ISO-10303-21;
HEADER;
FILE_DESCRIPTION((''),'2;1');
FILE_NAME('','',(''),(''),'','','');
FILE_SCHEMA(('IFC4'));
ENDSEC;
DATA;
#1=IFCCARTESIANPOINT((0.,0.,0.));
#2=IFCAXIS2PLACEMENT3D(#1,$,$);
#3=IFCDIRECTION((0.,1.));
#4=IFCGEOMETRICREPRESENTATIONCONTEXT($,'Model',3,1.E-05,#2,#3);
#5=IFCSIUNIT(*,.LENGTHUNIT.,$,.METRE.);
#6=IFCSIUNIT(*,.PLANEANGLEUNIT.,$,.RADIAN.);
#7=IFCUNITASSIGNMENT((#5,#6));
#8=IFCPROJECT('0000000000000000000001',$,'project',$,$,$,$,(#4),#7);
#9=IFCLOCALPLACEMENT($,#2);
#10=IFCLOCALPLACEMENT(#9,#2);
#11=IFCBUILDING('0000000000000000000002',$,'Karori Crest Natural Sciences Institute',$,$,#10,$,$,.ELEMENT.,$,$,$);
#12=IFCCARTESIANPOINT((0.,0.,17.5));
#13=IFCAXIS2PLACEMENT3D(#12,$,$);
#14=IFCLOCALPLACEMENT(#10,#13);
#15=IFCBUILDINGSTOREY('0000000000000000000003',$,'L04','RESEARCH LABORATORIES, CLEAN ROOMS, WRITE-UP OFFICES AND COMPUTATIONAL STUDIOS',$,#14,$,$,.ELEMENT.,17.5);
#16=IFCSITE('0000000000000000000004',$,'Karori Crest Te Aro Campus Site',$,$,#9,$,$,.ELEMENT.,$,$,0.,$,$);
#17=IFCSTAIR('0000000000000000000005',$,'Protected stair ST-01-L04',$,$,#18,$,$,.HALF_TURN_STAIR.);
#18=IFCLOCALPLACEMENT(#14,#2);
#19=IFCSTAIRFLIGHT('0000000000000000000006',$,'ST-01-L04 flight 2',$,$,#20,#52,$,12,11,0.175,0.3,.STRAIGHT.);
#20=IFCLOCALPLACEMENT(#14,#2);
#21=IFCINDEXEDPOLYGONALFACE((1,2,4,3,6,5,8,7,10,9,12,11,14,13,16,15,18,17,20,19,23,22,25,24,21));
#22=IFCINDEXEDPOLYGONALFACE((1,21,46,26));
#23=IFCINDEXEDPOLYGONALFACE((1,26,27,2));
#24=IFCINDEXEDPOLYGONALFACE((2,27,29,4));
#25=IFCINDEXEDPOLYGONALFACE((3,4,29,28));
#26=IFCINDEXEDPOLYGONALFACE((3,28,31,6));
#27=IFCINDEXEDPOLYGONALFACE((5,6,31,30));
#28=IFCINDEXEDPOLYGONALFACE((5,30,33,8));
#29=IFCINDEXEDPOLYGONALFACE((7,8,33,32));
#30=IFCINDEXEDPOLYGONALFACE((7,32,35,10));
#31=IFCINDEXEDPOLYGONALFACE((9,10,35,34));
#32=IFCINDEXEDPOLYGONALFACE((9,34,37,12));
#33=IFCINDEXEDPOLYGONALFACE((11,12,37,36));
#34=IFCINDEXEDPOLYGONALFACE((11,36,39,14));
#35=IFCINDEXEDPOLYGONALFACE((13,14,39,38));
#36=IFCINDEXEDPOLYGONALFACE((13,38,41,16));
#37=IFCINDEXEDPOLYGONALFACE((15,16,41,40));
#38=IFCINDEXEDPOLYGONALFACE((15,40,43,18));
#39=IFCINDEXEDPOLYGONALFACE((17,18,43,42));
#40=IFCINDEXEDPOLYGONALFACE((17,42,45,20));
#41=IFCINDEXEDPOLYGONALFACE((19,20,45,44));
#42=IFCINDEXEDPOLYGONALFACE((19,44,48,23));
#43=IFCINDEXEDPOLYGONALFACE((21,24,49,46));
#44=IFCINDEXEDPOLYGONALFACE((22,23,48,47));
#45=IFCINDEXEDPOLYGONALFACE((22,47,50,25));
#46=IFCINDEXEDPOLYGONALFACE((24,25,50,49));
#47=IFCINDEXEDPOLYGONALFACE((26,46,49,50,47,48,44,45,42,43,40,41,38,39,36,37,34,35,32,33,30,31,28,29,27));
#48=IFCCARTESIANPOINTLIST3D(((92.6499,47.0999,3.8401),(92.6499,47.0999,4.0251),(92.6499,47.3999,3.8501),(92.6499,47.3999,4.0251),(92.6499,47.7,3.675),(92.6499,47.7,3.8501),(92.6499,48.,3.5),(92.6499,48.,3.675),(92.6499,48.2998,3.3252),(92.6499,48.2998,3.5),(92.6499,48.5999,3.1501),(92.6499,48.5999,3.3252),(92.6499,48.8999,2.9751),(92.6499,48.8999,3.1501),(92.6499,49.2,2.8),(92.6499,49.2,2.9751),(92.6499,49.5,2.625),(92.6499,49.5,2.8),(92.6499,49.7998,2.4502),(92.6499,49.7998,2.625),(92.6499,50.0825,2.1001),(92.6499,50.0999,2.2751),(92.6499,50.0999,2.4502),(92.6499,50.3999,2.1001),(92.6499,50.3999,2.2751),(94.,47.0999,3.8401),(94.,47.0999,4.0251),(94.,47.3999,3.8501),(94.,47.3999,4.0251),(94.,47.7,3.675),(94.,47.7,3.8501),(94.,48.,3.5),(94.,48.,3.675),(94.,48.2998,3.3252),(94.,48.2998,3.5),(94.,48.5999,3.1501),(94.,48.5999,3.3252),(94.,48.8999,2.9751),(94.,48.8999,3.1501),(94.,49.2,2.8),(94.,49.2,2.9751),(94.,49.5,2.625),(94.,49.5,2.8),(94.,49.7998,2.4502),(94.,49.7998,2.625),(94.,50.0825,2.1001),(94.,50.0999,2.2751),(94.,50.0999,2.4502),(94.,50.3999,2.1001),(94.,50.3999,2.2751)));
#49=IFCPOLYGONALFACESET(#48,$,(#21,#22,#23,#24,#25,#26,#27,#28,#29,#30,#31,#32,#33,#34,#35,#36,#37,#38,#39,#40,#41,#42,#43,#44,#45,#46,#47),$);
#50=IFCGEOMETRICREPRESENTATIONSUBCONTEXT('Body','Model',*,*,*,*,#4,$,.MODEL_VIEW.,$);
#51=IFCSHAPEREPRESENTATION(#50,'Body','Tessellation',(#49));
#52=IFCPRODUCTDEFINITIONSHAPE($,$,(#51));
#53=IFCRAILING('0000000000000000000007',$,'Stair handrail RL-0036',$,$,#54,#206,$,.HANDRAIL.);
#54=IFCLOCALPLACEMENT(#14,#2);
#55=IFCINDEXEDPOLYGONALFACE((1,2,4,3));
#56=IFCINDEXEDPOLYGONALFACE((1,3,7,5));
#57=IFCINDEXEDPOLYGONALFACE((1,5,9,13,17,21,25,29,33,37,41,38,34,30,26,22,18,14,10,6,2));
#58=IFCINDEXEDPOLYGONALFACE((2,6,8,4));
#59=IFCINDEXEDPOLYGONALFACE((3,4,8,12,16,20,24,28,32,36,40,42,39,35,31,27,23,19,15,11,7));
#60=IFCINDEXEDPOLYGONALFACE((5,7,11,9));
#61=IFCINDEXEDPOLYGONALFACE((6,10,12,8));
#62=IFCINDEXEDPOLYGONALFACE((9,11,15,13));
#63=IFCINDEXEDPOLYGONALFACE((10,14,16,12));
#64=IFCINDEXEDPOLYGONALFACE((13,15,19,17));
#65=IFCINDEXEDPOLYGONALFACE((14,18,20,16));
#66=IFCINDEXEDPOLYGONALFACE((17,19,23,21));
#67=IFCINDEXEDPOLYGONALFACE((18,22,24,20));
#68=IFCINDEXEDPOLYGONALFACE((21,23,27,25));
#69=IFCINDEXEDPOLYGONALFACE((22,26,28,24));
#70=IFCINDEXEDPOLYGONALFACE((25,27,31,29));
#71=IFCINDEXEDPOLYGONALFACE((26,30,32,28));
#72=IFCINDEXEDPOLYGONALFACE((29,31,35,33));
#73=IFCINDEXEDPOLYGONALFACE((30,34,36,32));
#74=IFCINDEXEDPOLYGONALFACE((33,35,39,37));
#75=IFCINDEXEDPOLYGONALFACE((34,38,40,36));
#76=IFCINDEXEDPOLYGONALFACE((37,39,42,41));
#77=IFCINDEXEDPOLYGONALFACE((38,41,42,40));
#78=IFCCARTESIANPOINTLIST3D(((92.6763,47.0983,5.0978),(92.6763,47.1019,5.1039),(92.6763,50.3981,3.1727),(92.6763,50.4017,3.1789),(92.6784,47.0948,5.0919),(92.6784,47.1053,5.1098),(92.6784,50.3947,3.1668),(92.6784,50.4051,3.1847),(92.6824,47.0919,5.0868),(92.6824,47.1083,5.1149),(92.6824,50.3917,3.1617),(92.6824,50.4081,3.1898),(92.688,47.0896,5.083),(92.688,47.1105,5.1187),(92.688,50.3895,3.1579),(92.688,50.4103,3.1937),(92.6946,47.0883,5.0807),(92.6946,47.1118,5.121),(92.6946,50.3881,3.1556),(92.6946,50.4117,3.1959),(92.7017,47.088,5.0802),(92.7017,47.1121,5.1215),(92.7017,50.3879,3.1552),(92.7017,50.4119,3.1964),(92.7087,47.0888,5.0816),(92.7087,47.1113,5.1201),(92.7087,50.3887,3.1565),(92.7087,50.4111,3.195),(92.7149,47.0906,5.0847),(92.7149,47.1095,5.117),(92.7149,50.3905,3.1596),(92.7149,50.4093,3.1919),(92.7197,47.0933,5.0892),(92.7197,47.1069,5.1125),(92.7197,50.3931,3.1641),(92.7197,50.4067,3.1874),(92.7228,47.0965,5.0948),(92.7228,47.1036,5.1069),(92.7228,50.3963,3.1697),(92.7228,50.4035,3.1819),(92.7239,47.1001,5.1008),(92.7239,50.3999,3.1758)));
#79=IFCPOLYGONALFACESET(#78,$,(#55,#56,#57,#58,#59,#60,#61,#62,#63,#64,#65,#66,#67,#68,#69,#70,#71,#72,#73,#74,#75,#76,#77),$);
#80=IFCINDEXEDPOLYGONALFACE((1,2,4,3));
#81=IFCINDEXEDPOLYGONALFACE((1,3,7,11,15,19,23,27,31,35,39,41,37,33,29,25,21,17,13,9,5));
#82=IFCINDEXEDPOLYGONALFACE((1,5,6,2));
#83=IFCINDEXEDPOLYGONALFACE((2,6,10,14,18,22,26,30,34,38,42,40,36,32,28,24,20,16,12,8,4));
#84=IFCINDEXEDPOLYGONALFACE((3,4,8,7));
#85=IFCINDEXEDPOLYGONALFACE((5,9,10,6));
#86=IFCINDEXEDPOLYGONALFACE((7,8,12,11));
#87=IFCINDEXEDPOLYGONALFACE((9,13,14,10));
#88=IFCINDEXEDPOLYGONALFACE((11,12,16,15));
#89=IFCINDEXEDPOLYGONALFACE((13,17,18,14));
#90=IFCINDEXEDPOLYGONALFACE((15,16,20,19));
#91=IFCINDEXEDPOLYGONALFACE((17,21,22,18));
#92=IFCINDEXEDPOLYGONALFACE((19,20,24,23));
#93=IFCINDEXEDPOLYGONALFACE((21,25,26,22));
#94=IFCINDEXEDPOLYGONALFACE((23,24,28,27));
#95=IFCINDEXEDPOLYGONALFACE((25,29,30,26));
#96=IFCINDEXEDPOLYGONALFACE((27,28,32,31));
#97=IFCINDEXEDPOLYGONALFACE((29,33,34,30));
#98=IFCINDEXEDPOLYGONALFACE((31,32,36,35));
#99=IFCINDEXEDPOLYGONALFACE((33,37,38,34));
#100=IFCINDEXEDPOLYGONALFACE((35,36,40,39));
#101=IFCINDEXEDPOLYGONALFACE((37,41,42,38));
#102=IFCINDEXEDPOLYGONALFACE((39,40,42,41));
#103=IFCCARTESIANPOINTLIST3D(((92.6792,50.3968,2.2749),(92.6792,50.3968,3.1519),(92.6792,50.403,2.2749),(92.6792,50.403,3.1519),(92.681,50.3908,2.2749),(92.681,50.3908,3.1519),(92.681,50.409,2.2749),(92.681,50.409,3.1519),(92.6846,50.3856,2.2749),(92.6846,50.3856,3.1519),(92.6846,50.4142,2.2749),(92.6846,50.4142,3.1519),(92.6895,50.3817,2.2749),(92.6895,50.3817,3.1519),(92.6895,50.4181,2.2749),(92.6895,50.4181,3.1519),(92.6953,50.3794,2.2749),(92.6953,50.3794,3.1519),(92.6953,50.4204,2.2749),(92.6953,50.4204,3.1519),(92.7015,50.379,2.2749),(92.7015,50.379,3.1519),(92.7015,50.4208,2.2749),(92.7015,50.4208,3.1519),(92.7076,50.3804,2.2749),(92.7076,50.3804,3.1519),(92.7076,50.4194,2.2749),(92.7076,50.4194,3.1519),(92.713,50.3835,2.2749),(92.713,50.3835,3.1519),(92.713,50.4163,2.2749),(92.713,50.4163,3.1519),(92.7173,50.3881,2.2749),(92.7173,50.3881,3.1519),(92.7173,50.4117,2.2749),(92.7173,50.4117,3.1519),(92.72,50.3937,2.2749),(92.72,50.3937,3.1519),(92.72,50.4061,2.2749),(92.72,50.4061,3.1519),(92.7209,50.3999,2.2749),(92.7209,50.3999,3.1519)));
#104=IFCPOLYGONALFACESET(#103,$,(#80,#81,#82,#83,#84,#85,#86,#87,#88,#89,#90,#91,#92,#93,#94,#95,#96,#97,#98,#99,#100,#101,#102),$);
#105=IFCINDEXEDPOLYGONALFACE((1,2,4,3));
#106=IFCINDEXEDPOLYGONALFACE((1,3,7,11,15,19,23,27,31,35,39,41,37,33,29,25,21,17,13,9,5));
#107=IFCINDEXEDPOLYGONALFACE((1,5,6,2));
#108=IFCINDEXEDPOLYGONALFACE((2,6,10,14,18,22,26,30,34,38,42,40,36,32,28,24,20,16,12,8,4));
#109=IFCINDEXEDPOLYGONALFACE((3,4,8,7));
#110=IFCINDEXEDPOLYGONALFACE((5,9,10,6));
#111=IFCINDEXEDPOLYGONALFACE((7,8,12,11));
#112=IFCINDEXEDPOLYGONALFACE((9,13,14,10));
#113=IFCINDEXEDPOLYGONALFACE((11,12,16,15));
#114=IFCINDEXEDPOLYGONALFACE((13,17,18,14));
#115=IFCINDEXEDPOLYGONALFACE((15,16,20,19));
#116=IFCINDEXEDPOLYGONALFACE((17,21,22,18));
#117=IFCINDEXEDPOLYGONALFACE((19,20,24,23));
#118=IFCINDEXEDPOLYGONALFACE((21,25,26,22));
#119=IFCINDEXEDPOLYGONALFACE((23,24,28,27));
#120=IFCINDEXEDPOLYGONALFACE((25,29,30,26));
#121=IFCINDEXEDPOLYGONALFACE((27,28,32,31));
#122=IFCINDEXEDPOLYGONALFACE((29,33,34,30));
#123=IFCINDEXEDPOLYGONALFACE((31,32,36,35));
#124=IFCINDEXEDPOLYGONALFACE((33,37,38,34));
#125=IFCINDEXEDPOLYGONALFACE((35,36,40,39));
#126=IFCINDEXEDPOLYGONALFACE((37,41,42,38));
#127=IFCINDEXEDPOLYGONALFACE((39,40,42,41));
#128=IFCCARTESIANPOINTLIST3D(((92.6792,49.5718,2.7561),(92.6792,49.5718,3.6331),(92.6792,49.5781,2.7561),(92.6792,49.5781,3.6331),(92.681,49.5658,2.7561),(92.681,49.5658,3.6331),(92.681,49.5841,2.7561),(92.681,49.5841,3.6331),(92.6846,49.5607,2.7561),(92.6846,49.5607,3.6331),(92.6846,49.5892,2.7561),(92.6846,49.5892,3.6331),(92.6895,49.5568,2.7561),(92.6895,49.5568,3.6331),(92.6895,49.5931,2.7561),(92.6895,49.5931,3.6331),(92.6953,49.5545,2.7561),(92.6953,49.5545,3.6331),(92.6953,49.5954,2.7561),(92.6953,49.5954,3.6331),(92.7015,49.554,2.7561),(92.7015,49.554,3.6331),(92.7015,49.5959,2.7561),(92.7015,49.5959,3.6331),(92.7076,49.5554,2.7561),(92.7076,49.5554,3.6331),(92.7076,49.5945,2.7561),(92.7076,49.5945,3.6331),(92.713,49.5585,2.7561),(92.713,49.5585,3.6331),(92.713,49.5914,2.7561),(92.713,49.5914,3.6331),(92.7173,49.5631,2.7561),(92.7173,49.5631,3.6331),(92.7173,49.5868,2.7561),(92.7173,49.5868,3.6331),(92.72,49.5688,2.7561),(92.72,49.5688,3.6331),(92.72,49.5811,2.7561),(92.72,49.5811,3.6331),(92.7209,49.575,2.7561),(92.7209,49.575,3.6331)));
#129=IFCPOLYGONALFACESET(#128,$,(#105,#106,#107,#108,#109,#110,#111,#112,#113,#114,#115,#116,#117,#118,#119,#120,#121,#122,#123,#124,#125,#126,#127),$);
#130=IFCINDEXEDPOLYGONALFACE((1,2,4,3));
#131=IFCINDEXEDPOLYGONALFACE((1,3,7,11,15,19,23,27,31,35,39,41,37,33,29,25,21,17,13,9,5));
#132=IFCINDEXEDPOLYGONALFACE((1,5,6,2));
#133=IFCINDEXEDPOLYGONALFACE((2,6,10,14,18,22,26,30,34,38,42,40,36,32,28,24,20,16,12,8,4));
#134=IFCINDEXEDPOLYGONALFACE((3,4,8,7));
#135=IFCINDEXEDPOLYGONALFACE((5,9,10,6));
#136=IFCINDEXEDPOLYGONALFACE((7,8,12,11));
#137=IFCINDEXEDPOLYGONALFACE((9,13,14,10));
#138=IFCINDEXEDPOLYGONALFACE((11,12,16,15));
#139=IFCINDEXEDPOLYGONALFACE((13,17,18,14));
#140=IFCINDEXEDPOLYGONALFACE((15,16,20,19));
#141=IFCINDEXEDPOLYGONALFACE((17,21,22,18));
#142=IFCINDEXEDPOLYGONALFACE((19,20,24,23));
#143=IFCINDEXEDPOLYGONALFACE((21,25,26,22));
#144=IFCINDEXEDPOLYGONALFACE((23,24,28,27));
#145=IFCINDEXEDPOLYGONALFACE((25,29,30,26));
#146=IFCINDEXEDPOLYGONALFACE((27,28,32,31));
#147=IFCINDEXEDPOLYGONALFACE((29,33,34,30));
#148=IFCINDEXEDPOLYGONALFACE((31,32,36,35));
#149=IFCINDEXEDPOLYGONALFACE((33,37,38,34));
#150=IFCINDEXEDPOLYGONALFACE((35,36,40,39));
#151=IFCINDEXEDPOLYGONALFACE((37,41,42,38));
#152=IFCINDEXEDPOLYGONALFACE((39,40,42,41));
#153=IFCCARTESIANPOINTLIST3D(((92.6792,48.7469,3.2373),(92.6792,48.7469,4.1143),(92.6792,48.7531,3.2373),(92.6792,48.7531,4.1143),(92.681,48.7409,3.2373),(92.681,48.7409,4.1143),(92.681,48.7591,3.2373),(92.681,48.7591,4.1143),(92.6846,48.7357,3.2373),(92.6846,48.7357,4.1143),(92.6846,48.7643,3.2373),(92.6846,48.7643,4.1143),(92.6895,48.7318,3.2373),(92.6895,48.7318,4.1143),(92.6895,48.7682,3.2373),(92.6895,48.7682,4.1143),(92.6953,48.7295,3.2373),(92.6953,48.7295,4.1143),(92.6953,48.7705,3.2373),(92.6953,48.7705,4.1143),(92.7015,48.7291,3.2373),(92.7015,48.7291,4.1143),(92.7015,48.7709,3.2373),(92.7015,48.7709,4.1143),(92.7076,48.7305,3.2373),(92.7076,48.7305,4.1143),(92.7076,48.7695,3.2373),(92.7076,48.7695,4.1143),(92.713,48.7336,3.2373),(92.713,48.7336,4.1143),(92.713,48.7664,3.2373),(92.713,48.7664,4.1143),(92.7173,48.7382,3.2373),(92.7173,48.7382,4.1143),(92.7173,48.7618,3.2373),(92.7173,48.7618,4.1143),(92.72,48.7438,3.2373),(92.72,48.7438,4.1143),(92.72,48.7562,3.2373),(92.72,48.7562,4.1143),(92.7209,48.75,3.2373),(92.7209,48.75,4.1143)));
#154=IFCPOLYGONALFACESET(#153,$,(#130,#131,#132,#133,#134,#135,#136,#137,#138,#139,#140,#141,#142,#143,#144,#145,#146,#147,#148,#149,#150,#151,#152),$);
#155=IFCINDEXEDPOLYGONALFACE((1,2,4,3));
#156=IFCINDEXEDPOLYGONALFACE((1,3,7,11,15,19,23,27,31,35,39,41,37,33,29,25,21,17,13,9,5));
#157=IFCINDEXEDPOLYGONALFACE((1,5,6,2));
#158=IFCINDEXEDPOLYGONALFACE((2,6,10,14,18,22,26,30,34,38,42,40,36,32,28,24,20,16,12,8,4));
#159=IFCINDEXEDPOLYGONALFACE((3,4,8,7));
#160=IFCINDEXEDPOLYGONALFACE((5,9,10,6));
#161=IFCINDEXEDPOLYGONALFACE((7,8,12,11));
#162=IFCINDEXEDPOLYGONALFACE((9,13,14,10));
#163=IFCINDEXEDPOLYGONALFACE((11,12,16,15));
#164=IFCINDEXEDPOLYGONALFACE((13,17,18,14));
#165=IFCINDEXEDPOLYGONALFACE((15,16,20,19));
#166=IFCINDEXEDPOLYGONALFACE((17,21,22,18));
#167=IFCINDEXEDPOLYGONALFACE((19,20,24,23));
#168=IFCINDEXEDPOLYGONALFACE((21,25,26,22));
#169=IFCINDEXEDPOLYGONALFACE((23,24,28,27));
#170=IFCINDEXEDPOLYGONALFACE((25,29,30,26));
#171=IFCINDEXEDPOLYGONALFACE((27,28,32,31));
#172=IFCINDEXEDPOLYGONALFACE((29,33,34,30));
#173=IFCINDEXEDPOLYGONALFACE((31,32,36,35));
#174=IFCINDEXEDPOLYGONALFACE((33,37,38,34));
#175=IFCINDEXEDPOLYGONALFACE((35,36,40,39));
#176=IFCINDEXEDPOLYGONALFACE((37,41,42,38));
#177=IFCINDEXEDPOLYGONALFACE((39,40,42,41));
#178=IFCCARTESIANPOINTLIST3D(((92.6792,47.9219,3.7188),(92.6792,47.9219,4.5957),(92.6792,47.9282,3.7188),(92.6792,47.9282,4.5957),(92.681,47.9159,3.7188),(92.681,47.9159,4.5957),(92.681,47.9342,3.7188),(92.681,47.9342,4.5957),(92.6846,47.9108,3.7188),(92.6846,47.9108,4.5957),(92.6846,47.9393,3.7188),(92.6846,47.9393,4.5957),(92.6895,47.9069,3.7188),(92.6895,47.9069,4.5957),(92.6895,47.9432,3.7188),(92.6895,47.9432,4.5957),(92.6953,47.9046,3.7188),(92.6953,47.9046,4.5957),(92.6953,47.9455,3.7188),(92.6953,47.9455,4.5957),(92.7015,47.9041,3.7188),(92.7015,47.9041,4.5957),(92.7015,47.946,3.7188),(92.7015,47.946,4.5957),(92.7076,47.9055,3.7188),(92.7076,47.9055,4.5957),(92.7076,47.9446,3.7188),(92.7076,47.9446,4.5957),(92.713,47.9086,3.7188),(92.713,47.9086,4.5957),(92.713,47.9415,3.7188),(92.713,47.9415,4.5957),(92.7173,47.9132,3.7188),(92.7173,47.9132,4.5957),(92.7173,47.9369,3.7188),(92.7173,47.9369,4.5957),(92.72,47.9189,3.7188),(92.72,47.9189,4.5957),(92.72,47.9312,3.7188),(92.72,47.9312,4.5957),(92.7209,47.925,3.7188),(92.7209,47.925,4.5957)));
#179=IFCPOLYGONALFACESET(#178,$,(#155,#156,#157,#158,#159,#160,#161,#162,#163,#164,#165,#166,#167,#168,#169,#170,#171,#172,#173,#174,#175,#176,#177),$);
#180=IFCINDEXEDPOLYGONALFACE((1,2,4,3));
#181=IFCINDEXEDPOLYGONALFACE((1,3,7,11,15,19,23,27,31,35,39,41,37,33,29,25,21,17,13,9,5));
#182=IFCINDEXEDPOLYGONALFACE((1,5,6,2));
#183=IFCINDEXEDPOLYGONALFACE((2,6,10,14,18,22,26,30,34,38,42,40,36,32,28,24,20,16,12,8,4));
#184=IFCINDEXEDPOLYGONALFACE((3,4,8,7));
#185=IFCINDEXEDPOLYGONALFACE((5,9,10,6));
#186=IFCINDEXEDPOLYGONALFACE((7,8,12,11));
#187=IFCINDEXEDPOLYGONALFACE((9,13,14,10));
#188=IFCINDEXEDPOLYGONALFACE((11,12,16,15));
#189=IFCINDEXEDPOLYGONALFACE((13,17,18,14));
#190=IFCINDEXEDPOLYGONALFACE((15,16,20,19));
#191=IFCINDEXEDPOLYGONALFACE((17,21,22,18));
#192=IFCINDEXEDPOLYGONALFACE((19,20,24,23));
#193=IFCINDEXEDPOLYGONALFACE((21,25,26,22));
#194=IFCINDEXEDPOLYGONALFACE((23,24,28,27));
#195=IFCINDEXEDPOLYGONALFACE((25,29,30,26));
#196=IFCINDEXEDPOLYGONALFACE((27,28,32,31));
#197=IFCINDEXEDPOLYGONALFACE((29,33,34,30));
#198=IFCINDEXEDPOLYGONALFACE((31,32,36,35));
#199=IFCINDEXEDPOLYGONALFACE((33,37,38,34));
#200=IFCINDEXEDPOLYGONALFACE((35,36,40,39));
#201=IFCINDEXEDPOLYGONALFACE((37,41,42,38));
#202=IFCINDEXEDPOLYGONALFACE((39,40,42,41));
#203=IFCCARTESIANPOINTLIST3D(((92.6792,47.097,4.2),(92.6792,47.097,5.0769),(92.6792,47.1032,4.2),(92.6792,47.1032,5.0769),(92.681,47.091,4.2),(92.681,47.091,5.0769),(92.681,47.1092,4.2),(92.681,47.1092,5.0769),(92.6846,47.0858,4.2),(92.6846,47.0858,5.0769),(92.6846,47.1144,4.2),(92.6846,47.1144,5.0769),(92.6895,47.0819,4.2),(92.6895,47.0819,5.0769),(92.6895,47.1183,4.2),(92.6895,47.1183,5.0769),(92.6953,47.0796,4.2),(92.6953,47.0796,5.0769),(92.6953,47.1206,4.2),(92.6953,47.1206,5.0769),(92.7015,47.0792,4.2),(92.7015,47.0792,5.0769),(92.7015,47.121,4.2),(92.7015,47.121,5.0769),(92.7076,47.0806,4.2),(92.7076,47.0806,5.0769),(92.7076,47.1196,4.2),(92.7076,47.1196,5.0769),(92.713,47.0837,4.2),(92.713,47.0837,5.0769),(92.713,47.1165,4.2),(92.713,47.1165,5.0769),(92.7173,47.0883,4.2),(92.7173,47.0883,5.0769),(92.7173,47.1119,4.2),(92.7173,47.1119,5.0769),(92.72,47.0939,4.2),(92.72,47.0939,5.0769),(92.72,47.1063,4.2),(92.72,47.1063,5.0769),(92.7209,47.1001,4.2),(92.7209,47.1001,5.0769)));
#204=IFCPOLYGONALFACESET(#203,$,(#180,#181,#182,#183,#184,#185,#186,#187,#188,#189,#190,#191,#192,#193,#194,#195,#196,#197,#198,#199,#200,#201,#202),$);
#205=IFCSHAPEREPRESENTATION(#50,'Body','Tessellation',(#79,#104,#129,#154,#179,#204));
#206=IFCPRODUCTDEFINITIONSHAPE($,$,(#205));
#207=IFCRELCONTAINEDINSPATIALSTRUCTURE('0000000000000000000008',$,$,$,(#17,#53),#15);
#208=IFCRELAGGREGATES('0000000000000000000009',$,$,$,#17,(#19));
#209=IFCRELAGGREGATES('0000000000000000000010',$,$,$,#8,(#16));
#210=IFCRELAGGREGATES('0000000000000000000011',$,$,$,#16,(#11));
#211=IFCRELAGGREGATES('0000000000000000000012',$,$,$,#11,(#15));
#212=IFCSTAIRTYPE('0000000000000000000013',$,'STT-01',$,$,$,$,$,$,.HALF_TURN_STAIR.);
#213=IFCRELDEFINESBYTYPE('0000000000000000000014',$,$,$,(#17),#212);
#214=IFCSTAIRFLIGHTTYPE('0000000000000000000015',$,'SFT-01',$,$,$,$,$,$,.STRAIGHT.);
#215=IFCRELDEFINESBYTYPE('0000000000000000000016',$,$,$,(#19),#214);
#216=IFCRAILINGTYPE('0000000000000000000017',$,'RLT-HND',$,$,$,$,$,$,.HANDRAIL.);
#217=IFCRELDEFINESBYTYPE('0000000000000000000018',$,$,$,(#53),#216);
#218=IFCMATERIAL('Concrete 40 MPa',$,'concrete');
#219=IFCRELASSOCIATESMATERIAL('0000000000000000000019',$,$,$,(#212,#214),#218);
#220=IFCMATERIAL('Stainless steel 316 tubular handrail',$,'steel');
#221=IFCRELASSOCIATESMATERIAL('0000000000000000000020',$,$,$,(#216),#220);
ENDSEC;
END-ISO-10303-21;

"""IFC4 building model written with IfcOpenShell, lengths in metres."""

from ifc_helpers import new_model, si_unit, direction, frame, origin, origin_2d, place, context, subcontext, project, spatial, polyline, circle, outline, extrude, material, type_object, element, aggregate, save


model = new_model("IFC4")

# Units and contexts
model_context = context("Model", 3, precision=1e-05, world=origin(), true_north=direction((0.0, 1.0)))
body_context = subcontext(model_context, "Body", "Model", "MODEL_VIEW")
ifc_project = project(units=[si_unit("LENGTHUNIT", "METRE"), si_unit("PLANEANGLEUNIT", "RADIAN")], contexts=[model_context])

# Site, building, storey
site_placement = place(None, origin())
site = spatial("IfcSite", under=ifc_project, at=site_placement, Name="Karori Crest Te Aro Campus Site", CompositionType="ELEMENT", RefElevation=0.0)
building_placement = place(site_placement, origin())
building = spatial("IfcBuilding", under=site, at=building_placement, Name="Karori Crest Natural Sciences Institute", CompositionType="ELEMENT")
storey_placement = place(building_placement, frame((0.0, 0.0, 17.5)))
storey = spatial("IfcBuildingStorey", under=building, at=storey_placement, Name="L04", Description="RESEARCH LABORATORIES, CLEAN ROOMS, WRITE-UP OFFICES AND COMPUTATIONAL STUDIOS", CompositionType="ELEMENT", Elevation=17.5)

# Stair, stair flight
ifc_material_1 = material(Name="Concrete 40 MPa", Category="concrete")
stair_type = type_object("IfcStairType", Name="STT-01", PredefinedType="HALF_TURN_STAIR", material=ifc_material_1)
stair_placement = place(storey_placement, origin())
stair = element("IfcStair", 1, at=stair_placement, inside=storey, type_object=stair_type, Name="Protected stair ST-01-L04", PredefinedType="HALF_TURN_STAIR")
stair_flight_type = type_object("IfcStairFlightType", Name="SFT-01", PredefinedType="STRAIGHT", material=ifc_material_1)
stair_flight_placement = place(storey_placement, frame((93.325, 50.3999, 2.1001), z_axis=(0.0, 0.0, 1.0), x_axis=(0.0, -1.0, 0.0)))
stair_flight = element("IfcStairFlight", 2, at=stair_flight_placement, type_object=stair_flight_type, Name="ST-01-L04 flight 2", NumberOfRisers=12, NumberOfTreads=11, PredefinedType="STRAIGHT", RiserHeight=0.175, TreadLength=0.3, context=body_context, shape_type="SweptSolid", body=[
    extrude(outline(polyline([(0.0, 0.0), (0.0, 0.175), (0.3, 0.175), (0.3, 0.3501), (0.6001, 0.3501), (0.6001, 0.5249), (0.8999, 0.5249), (0.8999, 0.7), (1.2, 0.7), (1.2, 0.875), (1.5, 0.875), (1.5, 1.05), (1.8, 1.05), (1.8, 1.2251), (2.1001, 1.2251), (2.1001, 1.3999), (2.3999, 1.3999), (2.3999, 1.575), (2.7, 1.575), (2.7, 1.75), (3.0, 1.75), (3.0, 1.925), (3.3, 1.925), (3.3, 2.1001), (3.3, 1.74), (0.3174, 0.0), (0.0, 0.0)])), frame((0.0, 0.675, 0.0), z_axis=(0.0, -1.0, 0.0), x_axis=(1.0, 0.0, 0.0)), (0.0, 0.0, 1.0), 1.3501),
])
aggregate(stair, [stair_flight])

# Railing
ifc_material_2 = material(Name="Stainless steel 316 tubular handrail", Category="steel")
railing_type_1 = type_object("IfcRailingType", Name="RLT-HND", PredefinedType="HANDRAIL", material=ifc_material_2)
railing_1_placement = place(storey_placement, frame((92.7, 50.3999, 2.2749)))
element("IfcRailing", 3, at=railing_1_placement, inside=storey, type_object=railing_type_1, Name="Stair handrail RL-0036", PredefinedType="HANDRAIL", context=body_context, shape_type="SweptSolid", body=[
    extrude(circle(Radius=0.0239, at=origin_2d()), frame((0.0, 0.0, 0.9009), z_axis=(0.0, -0.86376, 0.503903), x_axis=(1.0, 0.0, 0.0)), (0.0, 0.0, 1.0), 3.8203),
    extrude(circle(Radius=0.021, at=origin_2d()), origin(), (0.0, 0.0, 1.0), 0.877),
    extrude(circle(Radius=0.021, at=origin_2d()), frame((0.0, -0.825, 0.4812)), (0.0, 0.0, 1.0), 0.877),
    extrude(circle(Radius=0.021, at=origin_2d()), frame((0.0, -1.6499, 0.9624)), (0.0, 0.0, 1.0), 0.877),
    extrude(circle(Radius=0.021, at=origin_2d()), frame((0.0, -2.4749, 1.4438)), (0.0, 0.0, 1.0), 0.877),
    extrude(circle(Radius=0.021, at=origin_2d()), frame((0.0, -3.2998, 1.925)), (0.0, 0.0, 1.0), 0.877),
])

save(model, "model.ifc")
